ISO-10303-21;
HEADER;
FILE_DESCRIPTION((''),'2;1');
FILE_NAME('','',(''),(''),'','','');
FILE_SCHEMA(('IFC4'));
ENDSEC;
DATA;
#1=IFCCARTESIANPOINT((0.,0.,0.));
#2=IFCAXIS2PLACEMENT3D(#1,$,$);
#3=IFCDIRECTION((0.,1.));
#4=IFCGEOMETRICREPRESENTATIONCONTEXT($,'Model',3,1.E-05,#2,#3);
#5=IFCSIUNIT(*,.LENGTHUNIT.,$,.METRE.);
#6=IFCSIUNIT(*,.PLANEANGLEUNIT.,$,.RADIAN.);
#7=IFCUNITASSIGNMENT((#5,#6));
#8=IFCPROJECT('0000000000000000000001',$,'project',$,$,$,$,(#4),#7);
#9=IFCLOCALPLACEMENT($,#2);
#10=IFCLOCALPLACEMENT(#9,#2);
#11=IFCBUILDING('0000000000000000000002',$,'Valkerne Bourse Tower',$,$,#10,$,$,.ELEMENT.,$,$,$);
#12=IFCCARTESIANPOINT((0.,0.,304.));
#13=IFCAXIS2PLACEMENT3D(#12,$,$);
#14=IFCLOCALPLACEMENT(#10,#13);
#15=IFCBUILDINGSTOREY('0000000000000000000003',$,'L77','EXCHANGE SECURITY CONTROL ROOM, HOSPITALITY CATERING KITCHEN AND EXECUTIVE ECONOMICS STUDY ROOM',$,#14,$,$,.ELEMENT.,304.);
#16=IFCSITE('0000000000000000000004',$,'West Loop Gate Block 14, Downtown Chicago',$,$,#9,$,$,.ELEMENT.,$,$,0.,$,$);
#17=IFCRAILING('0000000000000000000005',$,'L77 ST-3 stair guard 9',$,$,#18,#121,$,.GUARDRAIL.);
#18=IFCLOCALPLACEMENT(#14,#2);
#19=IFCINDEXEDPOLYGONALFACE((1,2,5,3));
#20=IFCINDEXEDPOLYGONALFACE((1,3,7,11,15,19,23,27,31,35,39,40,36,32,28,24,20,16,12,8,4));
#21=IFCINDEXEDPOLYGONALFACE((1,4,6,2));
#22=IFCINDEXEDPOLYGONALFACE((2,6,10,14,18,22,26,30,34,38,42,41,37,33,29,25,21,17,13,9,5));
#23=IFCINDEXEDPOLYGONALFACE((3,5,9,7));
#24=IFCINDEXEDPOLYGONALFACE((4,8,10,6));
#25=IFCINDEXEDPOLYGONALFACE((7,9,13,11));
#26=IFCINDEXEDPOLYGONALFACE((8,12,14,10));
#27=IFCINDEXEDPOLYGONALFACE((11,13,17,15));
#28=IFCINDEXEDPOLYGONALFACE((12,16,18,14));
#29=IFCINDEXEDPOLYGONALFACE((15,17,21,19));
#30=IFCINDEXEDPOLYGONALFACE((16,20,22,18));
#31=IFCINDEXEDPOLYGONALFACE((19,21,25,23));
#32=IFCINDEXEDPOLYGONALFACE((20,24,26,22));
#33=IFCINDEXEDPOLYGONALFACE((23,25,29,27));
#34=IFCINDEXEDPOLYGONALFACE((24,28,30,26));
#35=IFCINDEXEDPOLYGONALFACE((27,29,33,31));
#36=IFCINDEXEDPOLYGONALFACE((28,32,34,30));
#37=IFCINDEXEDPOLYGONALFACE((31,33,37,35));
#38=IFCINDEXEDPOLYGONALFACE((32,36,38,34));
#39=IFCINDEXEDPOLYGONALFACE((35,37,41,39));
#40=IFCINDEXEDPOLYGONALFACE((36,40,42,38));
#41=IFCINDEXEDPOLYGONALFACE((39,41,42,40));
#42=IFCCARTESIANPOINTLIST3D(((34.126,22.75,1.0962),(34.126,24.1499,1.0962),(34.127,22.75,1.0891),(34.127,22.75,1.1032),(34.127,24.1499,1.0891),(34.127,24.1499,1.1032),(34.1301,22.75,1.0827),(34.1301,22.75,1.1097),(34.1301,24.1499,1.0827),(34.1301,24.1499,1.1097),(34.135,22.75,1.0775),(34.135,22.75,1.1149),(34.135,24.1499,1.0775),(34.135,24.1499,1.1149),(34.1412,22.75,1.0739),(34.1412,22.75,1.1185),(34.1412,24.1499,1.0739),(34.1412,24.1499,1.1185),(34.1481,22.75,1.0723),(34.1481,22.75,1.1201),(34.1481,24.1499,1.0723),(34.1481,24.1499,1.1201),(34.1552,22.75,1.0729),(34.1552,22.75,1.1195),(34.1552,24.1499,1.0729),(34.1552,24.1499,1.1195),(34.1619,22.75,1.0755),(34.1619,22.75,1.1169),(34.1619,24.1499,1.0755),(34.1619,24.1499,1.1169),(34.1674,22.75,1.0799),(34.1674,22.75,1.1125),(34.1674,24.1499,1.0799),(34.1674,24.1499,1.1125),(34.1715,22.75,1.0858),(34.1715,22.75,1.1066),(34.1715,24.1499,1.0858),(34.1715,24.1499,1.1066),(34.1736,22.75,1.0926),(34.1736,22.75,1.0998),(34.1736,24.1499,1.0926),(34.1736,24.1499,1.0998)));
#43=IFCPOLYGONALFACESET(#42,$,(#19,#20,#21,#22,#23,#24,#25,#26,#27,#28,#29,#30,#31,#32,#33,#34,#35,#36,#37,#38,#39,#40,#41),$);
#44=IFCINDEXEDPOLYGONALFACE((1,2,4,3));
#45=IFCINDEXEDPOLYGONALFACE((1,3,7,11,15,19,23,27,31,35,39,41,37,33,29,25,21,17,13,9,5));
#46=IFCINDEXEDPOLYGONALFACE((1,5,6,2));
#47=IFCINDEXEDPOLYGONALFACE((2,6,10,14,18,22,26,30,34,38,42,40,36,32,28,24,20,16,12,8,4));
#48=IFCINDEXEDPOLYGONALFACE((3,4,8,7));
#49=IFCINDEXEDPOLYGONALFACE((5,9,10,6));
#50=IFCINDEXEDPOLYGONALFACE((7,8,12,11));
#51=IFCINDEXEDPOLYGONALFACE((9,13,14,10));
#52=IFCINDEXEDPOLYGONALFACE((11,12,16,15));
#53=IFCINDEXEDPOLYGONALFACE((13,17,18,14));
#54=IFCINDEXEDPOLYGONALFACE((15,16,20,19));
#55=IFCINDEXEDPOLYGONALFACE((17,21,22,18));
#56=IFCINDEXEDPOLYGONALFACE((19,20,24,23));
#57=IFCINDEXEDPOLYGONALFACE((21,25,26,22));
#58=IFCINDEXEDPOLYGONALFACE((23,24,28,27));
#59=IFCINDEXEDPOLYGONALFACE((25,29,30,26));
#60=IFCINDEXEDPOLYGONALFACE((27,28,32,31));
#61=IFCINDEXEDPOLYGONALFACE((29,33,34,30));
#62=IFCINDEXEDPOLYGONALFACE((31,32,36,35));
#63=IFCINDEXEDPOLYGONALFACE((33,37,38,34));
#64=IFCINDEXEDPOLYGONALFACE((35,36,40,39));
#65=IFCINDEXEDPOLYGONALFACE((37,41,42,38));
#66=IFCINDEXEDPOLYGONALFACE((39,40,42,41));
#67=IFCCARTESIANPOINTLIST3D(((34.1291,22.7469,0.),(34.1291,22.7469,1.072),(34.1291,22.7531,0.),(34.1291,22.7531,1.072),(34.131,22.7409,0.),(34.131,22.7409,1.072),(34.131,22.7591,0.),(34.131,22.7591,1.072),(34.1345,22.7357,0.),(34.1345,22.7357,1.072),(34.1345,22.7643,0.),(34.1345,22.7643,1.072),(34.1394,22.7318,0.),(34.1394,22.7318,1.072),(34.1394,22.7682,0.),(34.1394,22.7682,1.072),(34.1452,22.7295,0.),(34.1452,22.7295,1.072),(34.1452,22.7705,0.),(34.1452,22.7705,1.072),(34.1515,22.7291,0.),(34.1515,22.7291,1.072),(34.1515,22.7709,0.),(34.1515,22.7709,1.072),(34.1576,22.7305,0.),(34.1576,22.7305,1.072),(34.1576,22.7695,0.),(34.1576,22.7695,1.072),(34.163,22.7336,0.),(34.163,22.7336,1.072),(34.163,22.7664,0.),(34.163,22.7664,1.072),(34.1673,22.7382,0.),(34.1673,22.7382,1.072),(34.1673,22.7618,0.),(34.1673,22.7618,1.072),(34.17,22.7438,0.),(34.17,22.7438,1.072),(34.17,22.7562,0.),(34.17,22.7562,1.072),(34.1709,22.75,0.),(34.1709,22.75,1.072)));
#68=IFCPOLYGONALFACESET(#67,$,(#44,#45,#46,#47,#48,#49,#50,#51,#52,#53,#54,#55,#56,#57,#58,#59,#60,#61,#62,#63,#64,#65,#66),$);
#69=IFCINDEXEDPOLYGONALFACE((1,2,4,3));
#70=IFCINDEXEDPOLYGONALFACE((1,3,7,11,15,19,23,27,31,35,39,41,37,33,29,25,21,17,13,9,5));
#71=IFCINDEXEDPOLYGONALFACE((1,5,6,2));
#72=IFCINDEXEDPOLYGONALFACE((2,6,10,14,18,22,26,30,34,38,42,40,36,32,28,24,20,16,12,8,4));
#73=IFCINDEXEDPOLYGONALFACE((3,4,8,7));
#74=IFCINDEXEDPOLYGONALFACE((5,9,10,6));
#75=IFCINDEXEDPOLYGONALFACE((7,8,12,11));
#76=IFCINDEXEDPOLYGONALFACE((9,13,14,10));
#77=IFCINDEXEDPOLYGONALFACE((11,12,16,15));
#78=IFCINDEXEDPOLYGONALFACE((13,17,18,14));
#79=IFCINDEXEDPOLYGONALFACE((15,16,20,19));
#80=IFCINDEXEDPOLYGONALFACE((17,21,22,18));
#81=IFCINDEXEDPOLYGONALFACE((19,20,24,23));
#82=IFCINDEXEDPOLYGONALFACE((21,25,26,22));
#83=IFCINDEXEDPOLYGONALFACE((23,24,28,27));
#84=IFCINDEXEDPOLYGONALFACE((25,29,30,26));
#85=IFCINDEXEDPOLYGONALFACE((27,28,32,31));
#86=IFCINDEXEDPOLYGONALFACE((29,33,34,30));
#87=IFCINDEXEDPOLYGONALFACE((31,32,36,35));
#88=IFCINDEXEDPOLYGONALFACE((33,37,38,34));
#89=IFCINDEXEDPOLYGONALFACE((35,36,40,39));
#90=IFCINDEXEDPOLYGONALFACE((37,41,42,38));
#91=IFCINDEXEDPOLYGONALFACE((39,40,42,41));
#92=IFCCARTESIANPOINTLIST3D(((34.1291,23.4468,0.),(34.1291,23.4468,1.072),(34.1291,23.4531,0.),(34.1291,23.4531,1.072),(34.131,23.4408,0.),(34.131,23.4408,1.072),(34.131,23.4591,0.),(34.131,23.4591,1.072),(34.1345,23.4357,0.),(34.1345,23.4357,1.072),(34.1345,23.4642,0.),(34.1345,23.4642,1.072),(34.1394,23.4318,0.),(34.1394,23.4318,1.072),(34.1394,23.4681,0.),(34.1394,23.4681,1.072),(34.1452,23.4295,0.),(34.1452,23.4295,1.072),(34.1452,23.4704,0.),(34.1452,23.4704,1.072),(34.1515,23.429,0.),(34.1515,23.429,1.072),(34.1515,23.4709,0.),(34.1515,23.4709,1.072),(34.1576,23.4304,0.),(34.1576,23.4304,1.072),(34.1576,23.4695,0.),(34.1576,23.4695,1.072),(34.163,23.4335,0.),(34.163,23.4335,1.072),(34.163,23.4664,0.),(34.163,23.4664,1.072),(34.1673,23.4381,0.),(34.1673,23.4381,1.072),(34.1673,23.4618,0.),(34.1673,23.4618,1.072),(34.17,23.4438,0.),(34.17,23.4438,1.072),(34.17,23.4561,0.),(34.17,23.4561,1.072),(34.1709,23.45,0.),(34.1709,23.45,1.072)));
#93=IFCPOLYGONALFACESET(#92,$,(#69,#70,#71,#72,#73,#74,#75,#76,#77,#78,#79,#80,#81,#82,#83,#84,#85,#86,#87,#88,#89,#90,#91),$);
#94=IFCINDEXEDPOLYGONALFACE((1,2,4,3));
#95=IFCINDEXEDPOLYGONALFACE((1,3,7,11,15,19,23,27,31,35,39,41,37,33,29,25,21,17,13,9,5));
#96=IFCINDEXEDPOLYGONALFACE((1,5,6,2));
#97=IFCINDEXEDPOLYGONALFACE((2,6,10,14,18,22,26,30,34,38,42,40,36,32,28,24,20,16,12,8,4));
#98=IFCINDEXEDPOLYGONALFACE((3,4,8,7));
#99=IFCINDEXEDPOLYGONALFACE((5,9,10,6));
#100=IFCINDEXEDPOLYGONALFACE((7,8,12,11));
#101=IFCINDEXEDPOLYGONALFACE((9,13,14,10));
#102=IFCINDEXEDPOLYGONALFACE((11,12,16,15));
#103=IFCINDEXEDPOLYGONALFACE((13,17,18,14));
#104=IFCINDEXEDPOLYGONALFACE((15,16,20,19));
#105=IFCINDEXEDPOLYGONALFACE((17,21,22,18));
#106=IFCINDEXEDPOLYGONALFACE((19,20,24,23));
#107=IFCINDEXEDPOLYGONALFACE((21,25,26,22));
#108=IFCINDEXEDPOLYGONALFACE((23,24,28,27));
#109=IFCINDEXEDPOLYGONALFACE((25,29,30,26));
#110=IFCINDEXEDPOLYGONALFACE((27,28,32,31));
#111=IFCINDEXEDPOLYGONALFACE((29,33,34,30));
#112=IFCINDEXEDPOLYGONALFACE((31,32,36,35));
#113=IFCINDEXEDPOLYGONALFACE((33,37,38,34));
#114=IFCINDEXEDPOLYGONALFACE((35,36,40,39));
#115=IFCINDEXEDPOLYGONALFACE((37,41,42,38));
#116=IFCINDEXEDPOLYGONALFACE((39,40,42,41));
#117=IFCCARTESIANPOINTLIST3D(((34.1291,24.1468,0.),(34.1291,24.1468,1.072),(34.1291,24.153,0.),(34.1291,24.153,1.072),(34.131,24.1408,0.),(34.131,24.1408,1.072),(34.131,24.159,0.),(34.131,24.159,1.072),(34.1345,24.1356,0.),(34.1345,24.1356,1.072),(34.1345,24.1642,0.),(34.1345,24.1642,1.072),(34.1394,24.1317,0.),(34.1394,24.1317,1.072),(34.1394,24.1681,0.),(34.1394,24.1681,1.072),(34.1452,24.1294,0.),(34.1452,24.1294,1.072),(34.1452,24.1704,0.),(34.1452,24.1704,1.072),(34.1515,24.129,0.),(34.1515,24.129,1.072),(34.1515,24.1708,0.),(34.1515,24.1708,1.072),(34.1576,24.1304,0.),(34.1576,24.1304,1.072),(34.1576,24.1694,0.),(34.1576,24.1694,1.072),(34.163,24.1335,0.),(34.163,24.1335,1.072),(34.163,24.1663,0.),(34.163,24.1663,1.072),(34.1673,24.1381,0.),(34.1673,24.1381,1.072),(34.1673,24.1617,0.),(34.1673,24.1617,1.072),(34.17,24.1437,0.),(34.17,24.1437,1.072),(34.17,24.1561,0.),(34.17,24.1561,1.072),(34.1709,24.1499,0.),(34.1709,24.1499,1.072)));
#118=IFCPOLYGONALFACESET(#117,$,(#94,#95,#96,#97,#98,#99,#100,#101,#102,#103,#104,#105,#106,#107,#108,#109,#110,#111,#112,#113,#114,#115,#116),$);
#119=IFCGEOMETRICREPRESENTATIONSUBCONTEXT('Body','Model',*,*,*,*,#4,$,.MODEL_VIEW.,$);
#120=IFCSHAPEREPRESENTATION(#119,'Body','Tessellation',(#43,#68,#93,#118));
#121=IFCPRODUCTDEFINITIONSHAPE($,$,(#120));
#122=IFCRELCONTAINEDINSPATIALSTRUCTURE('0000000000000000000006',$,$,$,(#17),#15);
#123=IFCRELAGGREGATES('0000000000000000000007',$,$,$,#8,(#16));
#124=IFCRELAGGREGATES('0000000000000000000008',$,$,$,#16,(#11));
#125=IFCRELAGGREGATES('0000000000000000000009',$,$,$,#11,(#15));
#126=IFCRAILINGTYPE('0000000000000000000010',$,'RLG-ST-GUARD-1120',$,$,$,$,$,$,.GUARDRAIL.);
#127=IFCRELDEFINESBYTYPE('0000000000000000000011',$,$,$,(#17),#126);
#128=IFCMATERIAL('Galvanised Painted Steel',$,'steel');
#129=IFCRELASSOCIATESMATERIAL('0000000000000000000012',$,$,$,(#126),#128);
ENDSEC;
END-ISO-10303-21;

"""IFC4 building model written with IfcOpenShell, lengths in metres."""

from ifc_helpers import new_model, si_unit, direction, frame, origin, origin_2d, place, context, subcontext, project, spatial, circle, extrude, material, type_object, element, save


model = new_model("IFC4")

# Units and contexts
model_context = context("Model", 3, precision=1e-05, world=origin(), true_north=direction((0.0, 1.0)))
body_context = subcontext(model_context, "Body", "Model", "MODEL_VIEW")
ifc_project = project(units=[si_unit("LENGTHUNIT", "METRE"), si_unit("PLANEANGLEUNIT", "RADIAN")], contexts=[model_context])

# Site, building, storey
site_placement = place(None, origin())
site = spatial("IfcSite", under=ifc_project, at=site_placement, Name="West Loop Gate Block 14, Downtown Chicago", CompositionType="ELEMENT", RefElevation=0.0)
building_placement = place(site_placement, origin())
building = spatial("IfcBuilding", under=site, at=building_placement, Name="Valkerne Bourse Tower", CompositionType="ELEMENT")
storey_placement = place(building_placement, frame((0.0, 0.0, 304.0)))
storey = spatial("IfcBuildingStorey", under=building, at=storey_placement, Name="L77", Description="EXCHANGE SECURITY CONTROL ROOM, HOSPITALITY CATERING KITCHEN AND EXECUTIVE ECONOMICS STUDY ROOM", CompositionType="ELEMENT", Elevation=304.0)

# Shared definitions
ifc_material_1 = material(Name="Galvanised Painted Steel", Category="steel")

# Railing
railing_type = type_object("IfcRailingType", Name="RLG-ST-GUARD-1120", PredefinedType="GUARDRAIL", material=ifc_material_1)
railing_1_placement = place(storey_placement, frame((34.1499, 22.75, 0.0)))
element("IfcRailing", 1, at=railing_1_placement, inside=storey, type_object=railing_type, Name="L77 ST-3 stair guard 9", PredefinedType="GUARDRAIL", context=body_context, shape_type="SweptSolid", body=[
    extrude(circle(Radius=0.0239, at=origin_2d()), frame((0.0, 0.0, 1.0962), z_axis=(0.0, 1.0, 0.0), x_axis=(-1.0, 0.0, 0.0)), (0.0, 0.0, 1.0), 1.3999),
    extrude(circle(Radius=0.021, at=origin_2d()), origin(), (0.0, 0.0, 1.0), 1.072),
    extrude(circle(Radius=0.021, at=origin_2d()), frame((0.0, 0.7, 0.0)), (0.0, 0.0, 1.0), 1.072),
    extrude(circle(Radius=0.021, at=origin_2d()), frame((0.0, 1.3999, 0.0)), (0.0, 0.0, 1.0), 1.072),
])

save(model, "model.ifc")
